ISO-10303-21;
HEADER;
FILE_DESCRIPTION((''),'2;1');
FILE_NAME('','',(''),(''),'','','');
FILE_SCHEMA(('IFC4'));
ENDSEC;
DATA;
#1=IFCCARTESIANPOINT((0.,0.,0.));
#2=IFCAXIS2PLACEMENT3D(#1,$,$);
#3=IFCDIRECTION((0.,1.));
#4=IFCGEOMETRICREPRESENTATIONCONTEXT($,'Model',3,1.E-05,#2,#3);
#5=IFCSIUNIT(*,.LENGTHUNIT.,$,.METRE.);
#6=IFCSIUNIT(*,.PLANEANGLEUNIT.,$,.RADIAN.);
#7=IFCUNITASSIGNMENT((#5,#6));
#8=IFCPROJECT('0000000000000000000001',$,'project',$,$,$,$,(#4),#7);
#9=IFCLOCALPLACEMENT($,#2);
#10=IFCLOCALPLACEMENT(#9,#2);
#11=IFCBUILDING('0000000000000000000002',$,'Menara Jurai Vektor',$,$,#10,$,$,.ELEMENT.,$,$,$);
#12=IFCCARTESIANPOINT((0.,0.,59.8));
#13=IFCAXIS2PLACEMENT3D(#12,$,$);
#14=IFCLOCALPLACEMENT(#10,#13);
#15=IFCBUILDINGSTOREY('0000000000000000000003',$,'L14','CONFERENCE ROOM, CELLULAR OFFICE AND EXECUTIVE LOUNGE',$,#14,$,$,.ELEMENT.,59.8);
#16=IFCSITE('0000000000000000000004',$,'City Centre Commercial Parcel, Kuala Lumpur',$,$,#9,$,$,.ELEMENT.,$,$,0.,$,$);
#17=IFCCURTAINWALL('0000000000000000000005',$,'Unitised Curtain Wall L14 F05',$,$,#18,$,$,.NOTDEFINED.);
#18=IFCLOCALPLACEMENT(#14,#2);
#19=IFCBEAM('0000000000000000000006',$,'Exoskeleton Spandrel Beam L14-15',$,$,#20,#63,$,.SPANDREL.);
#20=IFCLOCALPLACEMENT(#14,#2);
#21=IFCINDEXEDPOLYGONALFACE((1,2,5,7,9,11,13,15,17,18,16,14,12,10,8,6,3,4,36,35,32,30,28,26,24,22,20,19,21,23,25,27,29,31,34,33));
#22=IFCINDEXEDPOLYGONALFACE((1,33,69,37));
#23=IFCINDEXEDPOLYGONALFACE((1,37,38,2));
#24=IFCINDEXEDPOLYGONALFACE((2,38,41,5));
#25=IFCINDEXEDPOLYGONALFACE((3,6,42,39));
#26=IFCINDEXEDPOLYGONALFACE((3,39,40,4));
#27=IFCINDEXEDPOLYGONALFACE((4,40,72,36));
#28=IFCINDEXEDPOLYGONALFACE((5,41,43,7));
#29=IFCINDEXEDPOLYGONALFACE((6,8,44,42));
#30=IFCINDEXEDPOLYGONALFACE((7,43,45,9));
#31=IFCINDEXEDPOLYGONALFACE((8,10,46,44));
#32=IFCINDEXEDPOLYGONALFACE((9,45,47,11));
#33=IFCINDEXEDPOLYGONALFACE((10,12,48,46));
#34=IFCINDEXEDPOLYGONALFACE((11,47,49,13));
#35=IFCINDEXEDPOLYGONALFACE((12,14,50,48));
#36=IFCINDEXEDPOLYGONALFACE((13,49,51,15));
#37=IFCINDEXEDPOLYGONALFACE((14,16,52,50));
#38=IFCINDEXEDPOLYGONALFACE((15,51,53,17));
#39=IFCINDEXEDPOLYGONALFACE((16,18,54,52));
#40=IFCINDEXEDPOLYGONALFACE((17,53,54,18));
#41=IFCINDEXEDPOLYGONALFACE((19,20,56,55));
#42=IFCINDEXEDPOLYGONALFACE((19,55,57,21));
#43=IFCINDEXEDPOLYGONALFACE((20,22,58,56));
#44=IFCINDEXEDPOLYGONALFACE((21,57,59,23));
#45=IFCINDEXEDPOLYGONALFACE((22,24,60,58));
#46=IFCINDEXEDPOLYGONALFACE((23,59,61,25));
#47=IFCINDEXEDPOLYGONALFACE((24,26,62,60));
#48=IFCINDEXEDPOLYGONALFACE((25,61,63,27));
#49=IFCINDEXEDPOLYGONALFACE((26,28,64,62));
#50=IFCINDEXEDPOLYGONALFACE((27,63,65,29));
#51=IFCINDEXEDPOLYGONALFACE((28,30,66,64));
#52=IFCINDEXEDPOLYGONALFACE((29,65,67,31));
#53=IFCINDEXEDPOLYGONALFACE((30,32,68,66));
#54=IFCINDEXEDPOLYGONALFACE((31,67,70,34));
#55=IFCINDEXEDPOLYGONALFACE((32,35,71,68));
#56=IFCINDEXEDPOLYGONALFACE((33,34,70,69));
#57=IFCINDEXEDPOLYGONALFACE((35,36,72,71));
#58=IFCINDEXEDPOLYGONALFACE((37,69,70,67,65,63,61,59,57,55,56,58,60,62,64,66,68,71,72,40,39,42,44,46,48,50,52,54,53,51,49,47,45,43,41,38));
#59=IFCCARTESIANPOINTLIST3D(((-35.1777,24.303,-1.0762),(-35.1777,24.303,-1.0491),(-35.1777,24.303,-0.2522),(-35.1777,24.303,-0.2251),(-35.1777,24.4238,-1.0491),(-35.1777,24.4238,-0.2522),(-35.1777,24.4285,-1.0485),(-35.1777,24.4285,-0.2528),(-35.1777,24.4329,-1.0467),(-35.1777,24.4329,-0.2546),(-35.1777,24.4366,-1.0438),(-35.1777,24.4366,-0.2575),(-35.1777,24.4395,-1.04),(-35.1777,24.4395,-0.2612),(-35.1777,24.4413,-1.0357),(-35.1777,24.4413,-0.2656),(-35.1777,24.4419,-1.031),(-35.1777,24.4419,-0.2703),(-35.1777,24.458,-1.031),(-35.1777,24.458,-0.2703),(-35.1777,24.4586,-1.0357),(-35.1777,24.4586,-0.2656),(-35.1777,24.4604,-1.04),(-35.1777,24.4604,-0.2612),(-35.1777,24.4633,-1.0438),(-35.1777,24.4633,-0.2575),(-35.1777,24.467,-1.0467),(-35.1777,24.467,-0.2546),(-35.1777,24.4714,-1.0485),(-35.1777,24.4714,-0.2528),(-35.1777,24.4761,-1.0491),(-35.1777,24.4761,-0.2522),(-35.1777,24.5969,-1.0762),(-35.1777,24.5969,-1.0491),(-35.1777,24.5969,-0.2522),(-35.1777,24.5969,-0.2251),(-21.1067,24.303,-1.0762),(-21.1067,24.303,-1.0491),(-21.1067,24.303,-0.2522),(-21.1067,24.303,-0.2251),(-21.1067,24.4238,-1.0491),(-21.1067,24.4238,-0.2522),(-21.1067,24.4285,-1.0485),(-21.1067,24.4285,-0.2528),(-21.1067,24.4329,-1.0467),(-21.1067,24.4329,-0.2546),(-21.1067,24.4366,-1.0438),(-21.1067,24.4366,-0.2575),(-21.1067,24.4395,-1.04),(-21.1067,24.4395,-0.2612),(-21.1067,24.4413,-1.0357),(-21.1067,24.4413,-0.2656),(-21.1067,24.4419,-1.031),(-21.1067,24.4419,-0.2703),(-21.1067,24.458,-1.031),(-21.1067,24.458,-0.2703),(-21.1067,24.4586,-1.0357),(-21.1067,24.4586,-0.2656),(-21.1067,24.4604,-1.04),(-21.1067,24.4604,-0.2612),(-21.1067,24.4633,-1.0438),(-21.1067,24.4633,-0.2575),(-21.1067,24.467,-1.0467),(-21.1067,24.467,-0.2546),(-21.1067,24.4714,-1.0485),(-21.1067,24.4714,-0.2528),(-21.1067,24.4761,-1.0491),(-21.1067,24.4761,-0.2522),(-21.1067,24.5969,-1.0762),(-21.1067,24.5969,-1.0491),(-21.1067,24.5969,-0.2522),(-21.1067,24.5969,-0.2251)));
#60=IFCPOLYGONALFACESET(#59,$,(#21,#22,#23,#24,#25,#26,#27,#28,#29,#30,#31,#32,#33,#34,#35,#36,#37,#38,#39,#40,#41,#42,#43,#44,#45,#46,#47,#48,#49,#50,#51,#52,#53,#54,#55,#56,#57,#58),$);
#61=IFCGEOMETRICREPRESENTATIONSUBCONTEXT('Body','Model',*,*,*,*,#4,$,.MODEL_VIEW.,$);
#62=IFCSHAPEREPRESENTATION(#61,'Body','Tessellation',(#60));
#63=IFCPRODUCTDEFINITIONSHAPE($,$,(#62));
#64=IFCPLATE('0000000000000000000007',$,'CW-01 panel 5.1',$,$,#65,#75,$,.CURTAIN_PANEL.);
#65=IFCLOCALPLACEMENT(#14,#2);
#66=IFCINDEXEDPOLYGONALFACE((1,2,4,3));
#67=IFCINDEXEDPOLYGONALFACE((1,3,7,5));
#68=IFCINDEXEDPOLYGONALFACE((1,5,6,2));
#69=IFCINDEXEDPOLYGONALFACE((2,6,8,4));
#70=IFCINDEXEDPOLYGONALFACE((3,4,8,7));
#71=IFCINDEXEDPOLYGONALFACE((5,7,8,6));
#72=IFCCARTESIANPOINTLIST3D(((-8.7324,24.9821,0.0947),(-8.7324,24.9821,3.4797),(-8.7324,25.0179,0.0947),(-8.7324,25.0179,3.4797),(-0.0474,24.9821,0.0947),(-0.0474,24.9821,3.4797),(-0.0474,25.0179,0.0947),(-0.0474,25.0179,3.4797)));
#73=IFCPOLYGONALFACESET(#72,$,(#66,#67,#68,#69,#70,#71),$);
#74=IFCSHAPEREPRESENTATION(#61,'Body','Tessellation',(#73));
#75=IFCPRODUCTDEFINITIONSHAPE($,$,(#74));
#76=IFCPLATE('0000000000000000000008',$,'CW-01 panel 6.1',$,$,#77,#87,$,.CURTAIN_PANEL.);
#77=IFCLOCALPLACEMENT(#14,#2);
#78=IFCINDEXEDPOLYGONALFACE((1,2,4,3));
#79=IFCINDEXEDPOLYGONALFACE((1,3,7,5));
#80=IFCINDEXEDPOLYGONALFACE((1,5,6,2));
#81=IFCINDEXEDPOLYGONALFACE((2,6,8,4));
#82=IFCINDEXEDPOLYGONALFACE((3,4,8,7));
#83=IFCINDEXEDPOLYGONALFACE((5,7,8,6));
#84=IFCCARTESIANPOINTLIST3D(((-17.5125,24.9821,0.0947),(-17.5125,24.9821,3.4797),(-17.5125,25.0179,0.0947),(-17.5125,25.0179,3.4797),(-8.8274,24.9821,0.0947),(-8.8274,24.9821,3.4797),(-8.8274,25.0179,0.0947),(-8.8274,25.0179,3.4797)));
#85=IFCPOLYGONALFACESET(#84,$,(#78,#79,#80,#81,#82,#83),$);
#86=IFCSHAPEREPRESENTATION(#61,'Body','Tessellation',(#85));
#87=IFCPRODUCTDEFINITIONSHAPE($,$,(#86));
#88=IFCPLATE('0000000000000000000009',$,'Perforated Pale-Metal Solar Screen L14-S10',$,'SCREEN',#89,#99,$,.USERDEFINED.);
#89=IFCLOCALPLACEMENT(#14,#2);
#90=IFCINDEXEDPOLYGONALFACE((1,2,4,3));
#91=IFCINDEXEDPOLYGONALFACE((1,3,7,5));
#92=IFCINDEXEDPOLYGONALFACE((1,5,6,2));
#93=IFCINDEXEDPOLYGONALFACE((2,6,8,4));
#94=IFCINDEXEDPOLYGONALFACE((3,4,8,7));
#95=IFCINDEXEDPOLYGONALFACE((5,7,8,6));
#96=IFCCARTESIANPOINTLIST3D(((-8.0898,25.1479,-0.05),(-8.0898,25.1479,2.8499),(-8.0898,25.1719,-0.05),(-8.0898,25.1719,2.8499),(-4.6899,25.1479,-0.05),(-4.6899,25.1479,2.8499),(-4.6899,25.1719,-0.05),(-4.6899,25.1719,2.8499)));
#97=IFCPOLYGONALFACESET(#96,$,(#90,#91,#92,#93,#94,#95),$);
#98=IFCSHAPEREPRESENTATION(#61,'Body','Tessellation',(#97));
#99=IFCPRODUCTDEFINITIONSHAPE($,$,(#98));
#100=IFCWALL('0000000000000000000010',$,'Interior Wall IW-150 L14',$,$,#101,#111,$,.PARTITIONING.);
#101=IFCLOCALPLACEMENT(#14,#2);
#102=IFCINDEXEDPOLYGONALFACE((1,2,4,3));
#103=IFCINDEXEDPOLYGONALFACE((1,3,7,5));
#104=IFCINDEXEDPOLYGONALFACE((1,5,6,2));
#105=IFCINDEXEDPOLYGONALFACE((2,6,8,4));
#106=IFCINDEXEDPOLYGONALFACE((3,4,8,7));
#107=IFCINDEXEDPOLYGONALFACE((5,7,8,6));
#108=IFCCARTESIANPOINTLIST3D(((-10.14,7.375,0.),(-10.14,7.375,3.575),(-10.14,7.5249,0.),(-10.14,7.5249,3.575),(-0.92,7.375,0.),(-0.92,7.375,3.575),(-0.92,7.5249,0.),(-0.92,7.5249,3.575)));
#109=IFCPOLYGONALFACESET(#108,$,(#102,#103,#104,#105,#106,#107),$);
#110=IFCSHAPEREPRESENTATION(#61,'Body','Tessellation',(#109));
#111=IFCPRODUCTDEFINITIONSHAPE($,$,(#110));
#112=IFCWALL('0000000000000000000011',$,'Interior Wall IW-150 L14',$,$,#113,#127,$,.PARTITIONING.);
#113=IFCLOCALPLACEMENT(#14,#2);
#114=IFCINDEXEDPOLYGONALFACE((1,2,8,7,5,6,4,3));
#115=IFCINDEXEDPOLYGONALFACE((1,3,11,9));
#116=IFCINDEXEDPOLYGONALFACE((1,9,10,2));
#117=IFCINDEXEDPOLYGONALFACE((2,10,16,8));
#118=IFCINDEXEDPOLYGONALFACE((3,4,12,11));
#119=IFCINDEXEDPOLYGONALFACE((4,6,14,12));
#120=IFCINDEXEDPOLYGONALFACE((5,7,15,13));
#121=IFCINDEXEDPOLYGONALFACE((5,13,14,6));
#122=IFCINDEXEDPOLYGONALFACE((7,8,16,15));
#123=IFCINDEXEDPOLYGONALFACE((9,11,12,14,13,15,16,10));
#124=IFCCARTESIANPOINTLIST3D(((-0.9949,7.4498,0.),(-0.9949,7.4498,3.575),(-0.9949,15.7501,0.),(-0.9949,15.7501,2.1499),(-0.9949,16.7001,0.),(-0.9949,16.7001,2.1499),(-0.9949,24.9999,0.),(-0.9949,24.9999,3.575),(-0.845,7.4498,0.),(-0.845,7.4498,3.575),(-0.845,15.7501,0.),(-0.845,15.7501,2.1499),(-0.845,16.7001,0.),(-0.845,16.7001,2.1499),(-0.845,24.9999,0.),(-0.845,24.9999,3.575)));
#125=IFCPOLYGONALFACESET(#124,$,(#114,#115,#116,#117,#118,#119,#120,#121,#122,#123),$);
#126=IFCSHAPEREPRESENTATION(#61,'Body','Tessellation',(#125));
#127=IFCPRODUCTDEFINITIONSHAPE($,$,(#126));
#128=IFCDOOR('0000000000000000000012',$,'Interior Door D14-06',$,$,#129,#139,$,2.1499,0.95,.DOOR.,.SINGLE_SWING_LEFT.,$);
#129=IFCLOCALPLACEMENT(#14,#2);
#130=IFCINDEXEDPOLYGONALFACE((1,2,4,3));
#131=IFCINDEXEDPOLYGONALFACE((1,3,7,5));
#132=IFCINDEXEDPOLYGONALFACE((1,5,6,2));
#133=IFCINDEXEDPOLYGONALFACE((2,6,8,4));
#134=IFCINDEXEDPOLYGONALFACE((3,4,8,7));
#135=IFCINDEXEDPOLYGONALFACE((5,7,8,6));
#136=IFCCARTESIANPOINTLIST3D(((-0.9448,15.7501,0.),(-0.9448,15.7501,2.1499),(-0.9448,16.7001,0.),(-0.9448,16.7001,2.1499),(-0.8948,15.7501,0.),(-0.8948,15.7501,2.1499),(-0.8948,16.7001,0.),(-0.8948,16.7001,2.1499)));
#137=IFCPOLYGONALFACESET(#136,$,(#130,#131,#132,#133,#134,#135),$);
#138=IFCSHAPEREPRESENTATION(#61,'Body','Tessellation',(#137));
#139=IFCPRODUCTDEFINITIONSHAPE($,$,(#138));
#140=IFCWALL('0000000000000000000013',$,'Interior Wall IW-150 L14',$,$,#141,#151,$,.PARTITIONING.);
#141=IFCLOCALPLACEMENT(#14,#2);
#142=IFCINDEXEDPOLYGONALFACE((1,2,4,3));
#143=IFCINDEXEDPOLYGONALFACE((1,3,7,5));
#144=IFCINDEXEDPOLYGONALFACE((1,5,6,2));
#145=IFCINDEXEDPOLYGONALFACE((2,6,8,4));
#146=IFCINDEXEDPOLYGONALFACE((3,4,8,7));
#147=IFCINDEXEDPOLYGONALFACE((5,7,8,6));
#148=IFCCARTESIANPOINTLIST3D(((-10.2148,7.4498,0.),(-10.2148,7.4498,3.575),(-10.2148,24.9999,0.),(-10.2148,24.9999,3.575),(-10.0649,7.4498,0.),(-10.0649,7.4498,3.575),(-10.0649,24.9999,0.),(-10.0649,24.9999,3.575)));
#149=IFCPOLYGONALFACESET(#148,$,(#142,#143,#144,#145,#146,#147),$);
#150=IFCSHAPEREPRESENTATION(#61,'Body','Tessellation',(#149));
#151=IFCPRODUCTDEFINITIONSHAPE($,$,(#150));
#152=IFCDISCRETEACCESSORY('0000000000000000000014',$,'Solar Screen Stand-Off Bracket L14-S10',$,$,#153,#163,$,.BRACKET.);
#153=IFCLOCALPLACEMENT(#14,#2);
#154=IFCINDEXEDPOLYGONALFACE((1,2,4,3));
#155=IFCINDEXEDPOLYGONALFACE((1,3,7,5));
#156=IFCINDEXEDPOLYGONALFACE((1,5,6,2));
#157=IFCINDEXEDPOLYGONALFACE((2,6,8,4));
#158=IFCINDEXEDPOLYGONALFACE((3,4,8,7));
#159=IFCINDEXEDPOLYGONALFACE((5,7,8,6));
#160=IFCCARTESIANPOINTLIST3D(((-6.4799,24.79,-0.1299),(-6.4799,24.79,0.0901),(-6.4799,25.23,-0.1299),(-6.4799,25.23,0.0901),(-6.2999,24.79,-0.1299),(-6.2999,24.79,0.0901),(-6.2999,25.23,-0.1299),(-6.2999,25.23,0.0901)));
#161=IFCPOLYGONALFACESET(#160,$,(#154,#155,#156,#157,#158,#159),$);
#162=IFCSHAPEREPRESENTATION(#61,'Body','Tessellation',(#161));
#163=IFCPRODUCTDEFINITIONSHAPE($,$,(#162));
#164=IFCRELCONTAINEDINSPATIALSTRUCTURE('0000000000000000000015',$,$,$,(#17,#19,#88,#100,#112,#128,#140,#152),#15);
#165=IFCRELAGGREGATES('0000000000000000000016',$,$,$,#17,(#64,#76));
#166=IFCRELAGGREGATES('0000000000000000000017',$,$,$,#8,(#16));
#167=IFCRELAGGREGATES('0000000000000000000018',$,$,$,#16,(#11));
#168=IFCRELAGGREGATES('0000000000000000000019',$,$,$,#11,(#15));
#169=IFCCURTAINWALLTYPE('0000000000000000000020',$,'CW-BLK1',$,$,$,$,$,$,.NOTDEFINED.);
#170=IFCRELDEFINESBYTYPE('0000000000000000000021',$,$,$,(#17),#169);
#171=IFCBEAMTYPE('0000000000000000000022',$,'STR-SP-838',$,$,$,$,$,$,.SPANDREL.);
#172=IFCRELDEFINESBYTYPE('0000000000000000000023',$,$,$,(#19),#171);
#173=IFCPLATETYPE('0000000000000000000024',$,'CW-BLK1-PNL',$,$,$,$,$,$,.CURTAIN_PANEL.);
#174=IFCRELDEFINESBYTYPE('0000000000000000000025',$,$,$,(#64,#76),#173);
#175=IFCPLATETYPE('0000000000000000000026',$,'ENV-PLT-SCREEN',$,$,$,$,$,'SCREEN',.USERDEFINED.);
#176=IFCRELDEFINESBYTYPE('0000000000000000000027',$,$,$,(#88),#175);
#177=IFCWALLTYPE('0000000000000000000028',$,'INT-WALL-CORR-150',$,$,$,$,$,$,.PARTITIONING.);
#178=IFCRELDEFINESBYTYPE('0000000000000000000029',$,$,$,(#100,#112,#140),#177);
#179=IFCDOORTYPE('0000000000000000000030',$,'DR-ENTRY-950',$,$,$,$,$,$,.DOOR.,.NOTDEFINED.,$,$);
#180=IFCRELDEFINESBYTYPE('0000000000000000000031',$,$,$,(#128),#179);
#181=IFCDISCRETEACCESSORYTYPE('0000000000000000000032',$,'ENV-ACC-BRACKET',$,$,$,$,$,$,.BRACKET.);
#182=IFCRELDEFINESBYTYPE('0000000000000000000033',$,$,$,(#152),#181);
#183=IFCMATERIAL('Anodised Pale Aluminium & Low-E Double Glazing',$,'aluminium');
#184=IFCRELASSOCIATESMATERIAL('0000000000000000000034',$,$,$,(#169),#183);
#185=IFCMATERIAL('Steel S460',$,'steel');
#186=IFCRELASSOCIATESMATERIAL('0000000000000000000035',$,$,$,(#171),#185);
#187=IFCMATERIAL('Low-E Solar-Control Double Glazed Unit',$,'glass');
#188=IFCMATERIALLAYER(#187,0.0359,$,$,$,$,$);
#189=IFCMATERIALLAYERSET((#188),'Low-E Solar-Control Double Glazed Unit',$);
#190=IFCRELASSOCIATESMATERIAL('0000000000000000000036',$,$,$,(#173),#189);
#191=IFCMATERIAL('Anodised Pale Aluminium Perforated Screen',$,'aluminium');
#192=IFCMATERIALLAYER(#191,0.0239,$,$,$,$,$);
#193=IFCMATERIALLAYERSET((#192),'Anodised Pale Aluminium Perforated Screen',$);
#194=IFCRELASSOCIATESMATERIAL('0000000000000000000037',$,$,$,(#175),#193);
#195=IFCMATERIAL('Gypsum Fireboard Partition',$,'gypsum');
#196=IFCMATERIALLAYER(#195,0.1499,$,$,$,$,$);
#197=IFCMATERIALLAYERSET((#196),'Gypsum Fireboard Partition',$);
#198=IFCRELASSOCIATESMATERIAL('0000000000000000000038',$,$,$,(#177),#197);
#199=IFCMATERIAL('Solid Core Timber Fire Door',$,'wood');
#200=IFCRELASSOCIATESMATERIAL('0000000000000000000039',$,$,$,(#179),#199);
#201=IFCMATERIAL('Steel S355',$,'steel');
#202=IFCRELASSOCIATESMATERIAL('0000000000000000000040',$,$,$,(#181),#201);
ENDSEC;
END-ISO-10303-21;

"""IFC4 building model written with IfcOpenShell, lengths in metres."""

from ifc_helpers import new_model, si_unit, direction, frame, frame_2d, origin, origin_2d, place, context, subcontext, project, spatial, rectangle, i_section, extrude, material, layer, layer_set, material_profile, profile_set, type_object, element, fill, aggregate, save


model = new_model("IFC4")

# Units and contexts
model_context = context("Model", 3, precision=1e-05, world=origin(), true_north=direction((0.0, 1.0)))
body_context = subcontext(model_context, "Body", "Model", "MODEL_VIEW")
ifc_project = project(units=[si_unit("LENGTHUNIT", "METRE"), si_unit("PLANEANGLEUNIT", "RADIAN")], contexts=[model_context])

# Site, building, storey
site_placement = place(None, origin())
site = spatial("IfcSite", under=ifc_project, at=site_placement, Name="City Centre Commercial Parcel, Kuala Lumpur", CompositionType="ELEMENT", RefElevation=0.0)
building_placement = place(site_placement, origin())
building = spatial("IfcBuilding", under=site, at=building_placement, Name="Menara Jurai Vektor", CompositionType="ELEMENT")
storey_placement = place(building_placement, frame((0.0, 0.0, 59.8)))
storey = spatial("IfcBuildingStorey", under=building, at=storey_placement, Name="L14", Description="CONFERENCE ROOM, CELLULAR OFFICE AND EXECUTIVE LOUNGE", CompositionType="ELEMENT", Elevation=59.8)

# Shared definitions
ifc_material_1 = material(Name="Steel S460", Category="steel")

# Curtain wall
ifc_material_2 = material(Name="Anodised Pale Aluminium & Low-E Double Glazing", Category="aluminium")
curtain_wall_type = type_object("IfcCurtainWallType", Name="CW-BLK1", PredefinedType="NOTDEFINED", material=ifc_material_2)
curtain_wall_placement = place(storey_placement, origin())
curtain_wall = element("IfcCurtainWall", 1, at=curtain_wall_placement, inside=storey, type_object=curtain_wall_type, Name="Unitised Curtain Wall L14 F05", PredefinedType="NOTDEFINED")

# Beam
ifc_material_3 = material(Name="Steel S355", Category="steel")
ifc_material_profile_1 = material_profile(ifc_material_1, i_section(OverallWidth=0.2939, OverallDepth=0.8511, WebThickness=0.0161, FlangeThickness=0.0271, FilletRadius=0.0181, at=origin_2d()), Name="UKB 838x292x226")
ifc_profile_set_1 = profile_set([ifc_material_profile_1], Name="Steel S460")
beam_type_1 = type_object("IfcBeamType", Name="STR-SP-838", PredefinedType="SPANDREL", material=ifc_profile_set_1)
for number, where, z_axis, x_axis, name in (
    (2, (-21.1067, 24.45, -0.6506), (-1.0, 0.0, 0.0), (0.0, -1.0, 0.0), "Exoskeleton Spandrel Beam L14-15"),
):
    element("IfcBeam", number, at=place(storey_placement, frame(where, z_axis=z_axis, x_axis=x_axis)), inside=storey, type_object=beam_type_1, Name=name, PredefinedType="SPANDREL", context=body_context, shape_type="SweptSolid", body=[
        extrude(i_section(OverallWidth=0.2939, OverallDepth=0.8511, WebThickness=0.0161, FlangeThickness=0.0271, FilletRadius=0.0181, at=origin_2d()), origin(), (0.0, 0.0, 1.0), 14.071),
    ])

# Plates
ifc_material_4 = material(Name="Low-E Solar-Control Double Glazed Unit", Category="glass")
ifc_layer_1 = layer(ifc_material_4, 0.0359)
ifc_layer_set_1 = layer_set([ifc_layer_1], Name="Low-E Solar-Control Double Glazed Unit")
plate_type_1 = type_object("IfcPlateType", Name="CW-BLK1-PNL", PredefinedType="CURTAIN_PANEL", material=ifc_layer_set_1)
plate_1_placement = place(storey_placement, frame((-4.3899, 25.0, 0.0947), z_axis=(0.0, 0.0, 1.0), x_axis=(-1.0, 0.0, 0.0)))
plate_1 = element("IfcPlate", 3, at=plate_1_placement, type_object=plate_type_1, Name="CW-01 panel 5.1", PredefinedType="CURTAIN_PANEL", context=body_context, shape_type="SweptSolid", body=[
    extrude(rectangle(XDim=8.6851, YDim=0.0359, at=origin_2d()), origin(), (0.0, 0.0, 1.0), 3.385),
])
plate_2_placement = place(storey_placement, frame((-13.1699, 25.0, 0.0947), z_axis=(0.0, 0.0, 1.0), x_axis=(-1.0, 0.0, 0.0)))
plate_2 = element("IfcPlate", 4, at=plate_2_placement, type_object=plate_type_1, Name="CW-01 panel 6.1", PredefinedType="CURTAIN_PANEL", context=body_context, shape_type="SweptSolid", body=[
    extrude(rectangle(XDim=8.6851, YDim=0.0359, at=origin_2d()), origin(), (0.0, 0.0, 1.0), 3.385),
])
aggregate(curtain_wall, [plate_1, plate_2])
ifc_material_5 = material(Name="Anodised Pale Aluminium Perforated Screen", Category="aluminium")
ifc_layer_2 = layer(ifc_material_5, 0.0239)
ifc_layer_set_2 = layer_set([ifc_layer_2], Name="Anodised Pale Aluminium Perforated Screen")
plate_type_2 = type_object("IfcPlateType", Name="ENV-PLT-SCREEN", ElementType="SCREEN", PredefinedType="USERDEFINED", material=ifc_layer_set_2)
plate_3_placement = place(storey_placement, frame((-6.3899, 25.1599, -0.05), z_axis=(0.0, 0.0, 1.0), x_axis=(-1.0, 0.0, 0.0)))
element("IfcPlate", 5, at=plate_3_placement, inside=storey, type_object=plate_type_2, Name="Perforated Pale-Metal Solar Screen L14-S10", ObjectType="SCREEN", PredefinedType="USERDEFINED", context=body_context, shape_type="SweptSolid", body=[
    extrude(rectangle(XDim=3.3999, YDim=0.0239, at=origin_2d()), origin(), (0.0, 0.0, 1.0), 2.8999),
])

# Wall
ifc_material_6 = material(Name="Gypsum Fireboard Partition", Category="gypsum")
ifc_layer_3 = layer(ifc_material_6, 0.1499)
ifc_layer_set_3 = layer_set([ifc_layer_3], Name="Gypsum Fireboard Partition")
wall_type = type_object("IfcWallType", Name="INT-WALL-CORR-150", PredefinedType="PARTITIONING", material=ifc_layer_set_3)
wall_1_placement = place(storey_placement, frame((-10.1399, 7.45, 0.0), z_axis=(0.0, 0.0, 1.0), x_axis=(1.0, 0.0, 0.0)))
element("IfcWall", 6, at=wall_1_placement, inside=storey, type_object=wall_type, Name="Interior Wall IW-150 L14", PredefinedType="PARTITIONING", context=body_context, shape_type="SweptSolid", body=[
    extrude(rectangle(XDim=9.22, YDim=0.1499, at=frame_2d((4.6099, 0.0))), origin(), (0.0, 0.0, 1.0), 3.575),
])

# Wall, opening, door
wall_2_placement = place(storey_placement, frame((-0.9199, 7.45, 0.0), z_axis=(0.0, 0.0, 1.0), x_axis=(0.0, 1.0, 0.0)))
wall_2 = element("IfcWall", 7, at=wall_2_placement, inside=storey, type_object=wall_type, Name="Interior Wall IW-150 L14", PredefinedType="PARTITIONING", context=body_context, shape_type="SweptSolid", body=[
    extrude(rectangle(XDim=17.55, YDim=0.1499, at=frame_2d((8.7749, 0.0))), origin(), (0.0, 0.0, 1.0), 3.575),
])
opening_placement = place(wall_2_placement, frame((8.3, 0.0, 0.0)))
opening = element("IfcOpeningElement", 8, at=opening_placement, cuts=wall_2, PredefinedType="OPENING", context=body_context, shape_type="SweptSolid", body=[
    extrude(rectangle(XDim=0.95, YDim=2.1499, at=frame_2d((0.4751, 1.075))), frame((0.0, 0.085, 0.0), z_axis=(0.0, -1.0, 0.0), x_axis=(1.0, 0.0, 0.0)), (0.0, 0.0, 1.0), 0.1699),
])
ifc_material_7 = material(Name="Solid Core Timber Fire Door", Category="wood")
door_type = type_object("IfcDoorType", Name="DR-ENTRY-950", OperationType="NOTDEFINED", PredefinedType="DOOR", material=ifc_material_7)
door_placement = place(opening_placement, origin())
door = element("IfcDoor", 9, at=door_placement, inside=storey, type_object=door_type, Name="Interior Door D14-06", OperationType="SINGLE_SWING_LEFT", OverallHeight=2.1499, OverallWidth=0.95, PredefinedType="DOOR", context=body_context, shape_type="SweptSolid", body=[
    extrude(rectangle(XDim=0.95, YDim=2.1499, at=frame_2d((0.4751, 1.075))), frame((0.0, 0.0249, 0.0), z_axis=(0.0, -1.0, 0.0), x_axis=(1.0, 0.0, 0.0)), (0.0, 0.0, 1.0), 0.05),
])
fill(opening, door)

# Wall
wall_3_placement = place(storey_placement, frame((-10.1399, 7.45, 0.0), z_axis=(0.0, 0.0, 1.0), x_axis=(0.0, 1.0, 0.0)))
element("IfcWall", 10, at=wall_3_placement, inside=storey, type_object=wall_type, Name="Interior Wall IW-150 L14", PredefinedType="PARTITIONING", context=body_context, shape_type="SweptSolid", body=[
    extrude(rectangle(XDim=17.55, YDim=0.1499, at=frame_2d((8.7749, 0.0))), origin(), (0.0, 0.0, 1.0), 3.575),
])

# Discrete accessory
discrete_accessory_type = type_object("IfcDiscreteAccessoryType", Name="ENV-ACC-BRACKET", PredefinedType="BRACKET", material=ifc_material_3)
discrete_accessory_placement = place(storey_placement, frame((-6.3899, 25.01, -0.1299), z_axis=(0.0, 0.0, 1.0), x_axis=(-1.0, 0.0, 0.0)))
element("IfcDiscreteAccessory", 11, at=discrete_accessory_placement, inside=storey, type_object=discrete_accessory_type, Name="Solar Screen Stand-Off Bracket L14-S10", PredefinedType="BRACKET", context=body_context, shape_type="SweptSolid", body=[
    extrude(rectangle(XDim=0.1799, YDim=0.4399, at=origin_2d()), origin(), (0.0, 0.0, 1.0), 0.22),
])

save(model, "model.ifc")
